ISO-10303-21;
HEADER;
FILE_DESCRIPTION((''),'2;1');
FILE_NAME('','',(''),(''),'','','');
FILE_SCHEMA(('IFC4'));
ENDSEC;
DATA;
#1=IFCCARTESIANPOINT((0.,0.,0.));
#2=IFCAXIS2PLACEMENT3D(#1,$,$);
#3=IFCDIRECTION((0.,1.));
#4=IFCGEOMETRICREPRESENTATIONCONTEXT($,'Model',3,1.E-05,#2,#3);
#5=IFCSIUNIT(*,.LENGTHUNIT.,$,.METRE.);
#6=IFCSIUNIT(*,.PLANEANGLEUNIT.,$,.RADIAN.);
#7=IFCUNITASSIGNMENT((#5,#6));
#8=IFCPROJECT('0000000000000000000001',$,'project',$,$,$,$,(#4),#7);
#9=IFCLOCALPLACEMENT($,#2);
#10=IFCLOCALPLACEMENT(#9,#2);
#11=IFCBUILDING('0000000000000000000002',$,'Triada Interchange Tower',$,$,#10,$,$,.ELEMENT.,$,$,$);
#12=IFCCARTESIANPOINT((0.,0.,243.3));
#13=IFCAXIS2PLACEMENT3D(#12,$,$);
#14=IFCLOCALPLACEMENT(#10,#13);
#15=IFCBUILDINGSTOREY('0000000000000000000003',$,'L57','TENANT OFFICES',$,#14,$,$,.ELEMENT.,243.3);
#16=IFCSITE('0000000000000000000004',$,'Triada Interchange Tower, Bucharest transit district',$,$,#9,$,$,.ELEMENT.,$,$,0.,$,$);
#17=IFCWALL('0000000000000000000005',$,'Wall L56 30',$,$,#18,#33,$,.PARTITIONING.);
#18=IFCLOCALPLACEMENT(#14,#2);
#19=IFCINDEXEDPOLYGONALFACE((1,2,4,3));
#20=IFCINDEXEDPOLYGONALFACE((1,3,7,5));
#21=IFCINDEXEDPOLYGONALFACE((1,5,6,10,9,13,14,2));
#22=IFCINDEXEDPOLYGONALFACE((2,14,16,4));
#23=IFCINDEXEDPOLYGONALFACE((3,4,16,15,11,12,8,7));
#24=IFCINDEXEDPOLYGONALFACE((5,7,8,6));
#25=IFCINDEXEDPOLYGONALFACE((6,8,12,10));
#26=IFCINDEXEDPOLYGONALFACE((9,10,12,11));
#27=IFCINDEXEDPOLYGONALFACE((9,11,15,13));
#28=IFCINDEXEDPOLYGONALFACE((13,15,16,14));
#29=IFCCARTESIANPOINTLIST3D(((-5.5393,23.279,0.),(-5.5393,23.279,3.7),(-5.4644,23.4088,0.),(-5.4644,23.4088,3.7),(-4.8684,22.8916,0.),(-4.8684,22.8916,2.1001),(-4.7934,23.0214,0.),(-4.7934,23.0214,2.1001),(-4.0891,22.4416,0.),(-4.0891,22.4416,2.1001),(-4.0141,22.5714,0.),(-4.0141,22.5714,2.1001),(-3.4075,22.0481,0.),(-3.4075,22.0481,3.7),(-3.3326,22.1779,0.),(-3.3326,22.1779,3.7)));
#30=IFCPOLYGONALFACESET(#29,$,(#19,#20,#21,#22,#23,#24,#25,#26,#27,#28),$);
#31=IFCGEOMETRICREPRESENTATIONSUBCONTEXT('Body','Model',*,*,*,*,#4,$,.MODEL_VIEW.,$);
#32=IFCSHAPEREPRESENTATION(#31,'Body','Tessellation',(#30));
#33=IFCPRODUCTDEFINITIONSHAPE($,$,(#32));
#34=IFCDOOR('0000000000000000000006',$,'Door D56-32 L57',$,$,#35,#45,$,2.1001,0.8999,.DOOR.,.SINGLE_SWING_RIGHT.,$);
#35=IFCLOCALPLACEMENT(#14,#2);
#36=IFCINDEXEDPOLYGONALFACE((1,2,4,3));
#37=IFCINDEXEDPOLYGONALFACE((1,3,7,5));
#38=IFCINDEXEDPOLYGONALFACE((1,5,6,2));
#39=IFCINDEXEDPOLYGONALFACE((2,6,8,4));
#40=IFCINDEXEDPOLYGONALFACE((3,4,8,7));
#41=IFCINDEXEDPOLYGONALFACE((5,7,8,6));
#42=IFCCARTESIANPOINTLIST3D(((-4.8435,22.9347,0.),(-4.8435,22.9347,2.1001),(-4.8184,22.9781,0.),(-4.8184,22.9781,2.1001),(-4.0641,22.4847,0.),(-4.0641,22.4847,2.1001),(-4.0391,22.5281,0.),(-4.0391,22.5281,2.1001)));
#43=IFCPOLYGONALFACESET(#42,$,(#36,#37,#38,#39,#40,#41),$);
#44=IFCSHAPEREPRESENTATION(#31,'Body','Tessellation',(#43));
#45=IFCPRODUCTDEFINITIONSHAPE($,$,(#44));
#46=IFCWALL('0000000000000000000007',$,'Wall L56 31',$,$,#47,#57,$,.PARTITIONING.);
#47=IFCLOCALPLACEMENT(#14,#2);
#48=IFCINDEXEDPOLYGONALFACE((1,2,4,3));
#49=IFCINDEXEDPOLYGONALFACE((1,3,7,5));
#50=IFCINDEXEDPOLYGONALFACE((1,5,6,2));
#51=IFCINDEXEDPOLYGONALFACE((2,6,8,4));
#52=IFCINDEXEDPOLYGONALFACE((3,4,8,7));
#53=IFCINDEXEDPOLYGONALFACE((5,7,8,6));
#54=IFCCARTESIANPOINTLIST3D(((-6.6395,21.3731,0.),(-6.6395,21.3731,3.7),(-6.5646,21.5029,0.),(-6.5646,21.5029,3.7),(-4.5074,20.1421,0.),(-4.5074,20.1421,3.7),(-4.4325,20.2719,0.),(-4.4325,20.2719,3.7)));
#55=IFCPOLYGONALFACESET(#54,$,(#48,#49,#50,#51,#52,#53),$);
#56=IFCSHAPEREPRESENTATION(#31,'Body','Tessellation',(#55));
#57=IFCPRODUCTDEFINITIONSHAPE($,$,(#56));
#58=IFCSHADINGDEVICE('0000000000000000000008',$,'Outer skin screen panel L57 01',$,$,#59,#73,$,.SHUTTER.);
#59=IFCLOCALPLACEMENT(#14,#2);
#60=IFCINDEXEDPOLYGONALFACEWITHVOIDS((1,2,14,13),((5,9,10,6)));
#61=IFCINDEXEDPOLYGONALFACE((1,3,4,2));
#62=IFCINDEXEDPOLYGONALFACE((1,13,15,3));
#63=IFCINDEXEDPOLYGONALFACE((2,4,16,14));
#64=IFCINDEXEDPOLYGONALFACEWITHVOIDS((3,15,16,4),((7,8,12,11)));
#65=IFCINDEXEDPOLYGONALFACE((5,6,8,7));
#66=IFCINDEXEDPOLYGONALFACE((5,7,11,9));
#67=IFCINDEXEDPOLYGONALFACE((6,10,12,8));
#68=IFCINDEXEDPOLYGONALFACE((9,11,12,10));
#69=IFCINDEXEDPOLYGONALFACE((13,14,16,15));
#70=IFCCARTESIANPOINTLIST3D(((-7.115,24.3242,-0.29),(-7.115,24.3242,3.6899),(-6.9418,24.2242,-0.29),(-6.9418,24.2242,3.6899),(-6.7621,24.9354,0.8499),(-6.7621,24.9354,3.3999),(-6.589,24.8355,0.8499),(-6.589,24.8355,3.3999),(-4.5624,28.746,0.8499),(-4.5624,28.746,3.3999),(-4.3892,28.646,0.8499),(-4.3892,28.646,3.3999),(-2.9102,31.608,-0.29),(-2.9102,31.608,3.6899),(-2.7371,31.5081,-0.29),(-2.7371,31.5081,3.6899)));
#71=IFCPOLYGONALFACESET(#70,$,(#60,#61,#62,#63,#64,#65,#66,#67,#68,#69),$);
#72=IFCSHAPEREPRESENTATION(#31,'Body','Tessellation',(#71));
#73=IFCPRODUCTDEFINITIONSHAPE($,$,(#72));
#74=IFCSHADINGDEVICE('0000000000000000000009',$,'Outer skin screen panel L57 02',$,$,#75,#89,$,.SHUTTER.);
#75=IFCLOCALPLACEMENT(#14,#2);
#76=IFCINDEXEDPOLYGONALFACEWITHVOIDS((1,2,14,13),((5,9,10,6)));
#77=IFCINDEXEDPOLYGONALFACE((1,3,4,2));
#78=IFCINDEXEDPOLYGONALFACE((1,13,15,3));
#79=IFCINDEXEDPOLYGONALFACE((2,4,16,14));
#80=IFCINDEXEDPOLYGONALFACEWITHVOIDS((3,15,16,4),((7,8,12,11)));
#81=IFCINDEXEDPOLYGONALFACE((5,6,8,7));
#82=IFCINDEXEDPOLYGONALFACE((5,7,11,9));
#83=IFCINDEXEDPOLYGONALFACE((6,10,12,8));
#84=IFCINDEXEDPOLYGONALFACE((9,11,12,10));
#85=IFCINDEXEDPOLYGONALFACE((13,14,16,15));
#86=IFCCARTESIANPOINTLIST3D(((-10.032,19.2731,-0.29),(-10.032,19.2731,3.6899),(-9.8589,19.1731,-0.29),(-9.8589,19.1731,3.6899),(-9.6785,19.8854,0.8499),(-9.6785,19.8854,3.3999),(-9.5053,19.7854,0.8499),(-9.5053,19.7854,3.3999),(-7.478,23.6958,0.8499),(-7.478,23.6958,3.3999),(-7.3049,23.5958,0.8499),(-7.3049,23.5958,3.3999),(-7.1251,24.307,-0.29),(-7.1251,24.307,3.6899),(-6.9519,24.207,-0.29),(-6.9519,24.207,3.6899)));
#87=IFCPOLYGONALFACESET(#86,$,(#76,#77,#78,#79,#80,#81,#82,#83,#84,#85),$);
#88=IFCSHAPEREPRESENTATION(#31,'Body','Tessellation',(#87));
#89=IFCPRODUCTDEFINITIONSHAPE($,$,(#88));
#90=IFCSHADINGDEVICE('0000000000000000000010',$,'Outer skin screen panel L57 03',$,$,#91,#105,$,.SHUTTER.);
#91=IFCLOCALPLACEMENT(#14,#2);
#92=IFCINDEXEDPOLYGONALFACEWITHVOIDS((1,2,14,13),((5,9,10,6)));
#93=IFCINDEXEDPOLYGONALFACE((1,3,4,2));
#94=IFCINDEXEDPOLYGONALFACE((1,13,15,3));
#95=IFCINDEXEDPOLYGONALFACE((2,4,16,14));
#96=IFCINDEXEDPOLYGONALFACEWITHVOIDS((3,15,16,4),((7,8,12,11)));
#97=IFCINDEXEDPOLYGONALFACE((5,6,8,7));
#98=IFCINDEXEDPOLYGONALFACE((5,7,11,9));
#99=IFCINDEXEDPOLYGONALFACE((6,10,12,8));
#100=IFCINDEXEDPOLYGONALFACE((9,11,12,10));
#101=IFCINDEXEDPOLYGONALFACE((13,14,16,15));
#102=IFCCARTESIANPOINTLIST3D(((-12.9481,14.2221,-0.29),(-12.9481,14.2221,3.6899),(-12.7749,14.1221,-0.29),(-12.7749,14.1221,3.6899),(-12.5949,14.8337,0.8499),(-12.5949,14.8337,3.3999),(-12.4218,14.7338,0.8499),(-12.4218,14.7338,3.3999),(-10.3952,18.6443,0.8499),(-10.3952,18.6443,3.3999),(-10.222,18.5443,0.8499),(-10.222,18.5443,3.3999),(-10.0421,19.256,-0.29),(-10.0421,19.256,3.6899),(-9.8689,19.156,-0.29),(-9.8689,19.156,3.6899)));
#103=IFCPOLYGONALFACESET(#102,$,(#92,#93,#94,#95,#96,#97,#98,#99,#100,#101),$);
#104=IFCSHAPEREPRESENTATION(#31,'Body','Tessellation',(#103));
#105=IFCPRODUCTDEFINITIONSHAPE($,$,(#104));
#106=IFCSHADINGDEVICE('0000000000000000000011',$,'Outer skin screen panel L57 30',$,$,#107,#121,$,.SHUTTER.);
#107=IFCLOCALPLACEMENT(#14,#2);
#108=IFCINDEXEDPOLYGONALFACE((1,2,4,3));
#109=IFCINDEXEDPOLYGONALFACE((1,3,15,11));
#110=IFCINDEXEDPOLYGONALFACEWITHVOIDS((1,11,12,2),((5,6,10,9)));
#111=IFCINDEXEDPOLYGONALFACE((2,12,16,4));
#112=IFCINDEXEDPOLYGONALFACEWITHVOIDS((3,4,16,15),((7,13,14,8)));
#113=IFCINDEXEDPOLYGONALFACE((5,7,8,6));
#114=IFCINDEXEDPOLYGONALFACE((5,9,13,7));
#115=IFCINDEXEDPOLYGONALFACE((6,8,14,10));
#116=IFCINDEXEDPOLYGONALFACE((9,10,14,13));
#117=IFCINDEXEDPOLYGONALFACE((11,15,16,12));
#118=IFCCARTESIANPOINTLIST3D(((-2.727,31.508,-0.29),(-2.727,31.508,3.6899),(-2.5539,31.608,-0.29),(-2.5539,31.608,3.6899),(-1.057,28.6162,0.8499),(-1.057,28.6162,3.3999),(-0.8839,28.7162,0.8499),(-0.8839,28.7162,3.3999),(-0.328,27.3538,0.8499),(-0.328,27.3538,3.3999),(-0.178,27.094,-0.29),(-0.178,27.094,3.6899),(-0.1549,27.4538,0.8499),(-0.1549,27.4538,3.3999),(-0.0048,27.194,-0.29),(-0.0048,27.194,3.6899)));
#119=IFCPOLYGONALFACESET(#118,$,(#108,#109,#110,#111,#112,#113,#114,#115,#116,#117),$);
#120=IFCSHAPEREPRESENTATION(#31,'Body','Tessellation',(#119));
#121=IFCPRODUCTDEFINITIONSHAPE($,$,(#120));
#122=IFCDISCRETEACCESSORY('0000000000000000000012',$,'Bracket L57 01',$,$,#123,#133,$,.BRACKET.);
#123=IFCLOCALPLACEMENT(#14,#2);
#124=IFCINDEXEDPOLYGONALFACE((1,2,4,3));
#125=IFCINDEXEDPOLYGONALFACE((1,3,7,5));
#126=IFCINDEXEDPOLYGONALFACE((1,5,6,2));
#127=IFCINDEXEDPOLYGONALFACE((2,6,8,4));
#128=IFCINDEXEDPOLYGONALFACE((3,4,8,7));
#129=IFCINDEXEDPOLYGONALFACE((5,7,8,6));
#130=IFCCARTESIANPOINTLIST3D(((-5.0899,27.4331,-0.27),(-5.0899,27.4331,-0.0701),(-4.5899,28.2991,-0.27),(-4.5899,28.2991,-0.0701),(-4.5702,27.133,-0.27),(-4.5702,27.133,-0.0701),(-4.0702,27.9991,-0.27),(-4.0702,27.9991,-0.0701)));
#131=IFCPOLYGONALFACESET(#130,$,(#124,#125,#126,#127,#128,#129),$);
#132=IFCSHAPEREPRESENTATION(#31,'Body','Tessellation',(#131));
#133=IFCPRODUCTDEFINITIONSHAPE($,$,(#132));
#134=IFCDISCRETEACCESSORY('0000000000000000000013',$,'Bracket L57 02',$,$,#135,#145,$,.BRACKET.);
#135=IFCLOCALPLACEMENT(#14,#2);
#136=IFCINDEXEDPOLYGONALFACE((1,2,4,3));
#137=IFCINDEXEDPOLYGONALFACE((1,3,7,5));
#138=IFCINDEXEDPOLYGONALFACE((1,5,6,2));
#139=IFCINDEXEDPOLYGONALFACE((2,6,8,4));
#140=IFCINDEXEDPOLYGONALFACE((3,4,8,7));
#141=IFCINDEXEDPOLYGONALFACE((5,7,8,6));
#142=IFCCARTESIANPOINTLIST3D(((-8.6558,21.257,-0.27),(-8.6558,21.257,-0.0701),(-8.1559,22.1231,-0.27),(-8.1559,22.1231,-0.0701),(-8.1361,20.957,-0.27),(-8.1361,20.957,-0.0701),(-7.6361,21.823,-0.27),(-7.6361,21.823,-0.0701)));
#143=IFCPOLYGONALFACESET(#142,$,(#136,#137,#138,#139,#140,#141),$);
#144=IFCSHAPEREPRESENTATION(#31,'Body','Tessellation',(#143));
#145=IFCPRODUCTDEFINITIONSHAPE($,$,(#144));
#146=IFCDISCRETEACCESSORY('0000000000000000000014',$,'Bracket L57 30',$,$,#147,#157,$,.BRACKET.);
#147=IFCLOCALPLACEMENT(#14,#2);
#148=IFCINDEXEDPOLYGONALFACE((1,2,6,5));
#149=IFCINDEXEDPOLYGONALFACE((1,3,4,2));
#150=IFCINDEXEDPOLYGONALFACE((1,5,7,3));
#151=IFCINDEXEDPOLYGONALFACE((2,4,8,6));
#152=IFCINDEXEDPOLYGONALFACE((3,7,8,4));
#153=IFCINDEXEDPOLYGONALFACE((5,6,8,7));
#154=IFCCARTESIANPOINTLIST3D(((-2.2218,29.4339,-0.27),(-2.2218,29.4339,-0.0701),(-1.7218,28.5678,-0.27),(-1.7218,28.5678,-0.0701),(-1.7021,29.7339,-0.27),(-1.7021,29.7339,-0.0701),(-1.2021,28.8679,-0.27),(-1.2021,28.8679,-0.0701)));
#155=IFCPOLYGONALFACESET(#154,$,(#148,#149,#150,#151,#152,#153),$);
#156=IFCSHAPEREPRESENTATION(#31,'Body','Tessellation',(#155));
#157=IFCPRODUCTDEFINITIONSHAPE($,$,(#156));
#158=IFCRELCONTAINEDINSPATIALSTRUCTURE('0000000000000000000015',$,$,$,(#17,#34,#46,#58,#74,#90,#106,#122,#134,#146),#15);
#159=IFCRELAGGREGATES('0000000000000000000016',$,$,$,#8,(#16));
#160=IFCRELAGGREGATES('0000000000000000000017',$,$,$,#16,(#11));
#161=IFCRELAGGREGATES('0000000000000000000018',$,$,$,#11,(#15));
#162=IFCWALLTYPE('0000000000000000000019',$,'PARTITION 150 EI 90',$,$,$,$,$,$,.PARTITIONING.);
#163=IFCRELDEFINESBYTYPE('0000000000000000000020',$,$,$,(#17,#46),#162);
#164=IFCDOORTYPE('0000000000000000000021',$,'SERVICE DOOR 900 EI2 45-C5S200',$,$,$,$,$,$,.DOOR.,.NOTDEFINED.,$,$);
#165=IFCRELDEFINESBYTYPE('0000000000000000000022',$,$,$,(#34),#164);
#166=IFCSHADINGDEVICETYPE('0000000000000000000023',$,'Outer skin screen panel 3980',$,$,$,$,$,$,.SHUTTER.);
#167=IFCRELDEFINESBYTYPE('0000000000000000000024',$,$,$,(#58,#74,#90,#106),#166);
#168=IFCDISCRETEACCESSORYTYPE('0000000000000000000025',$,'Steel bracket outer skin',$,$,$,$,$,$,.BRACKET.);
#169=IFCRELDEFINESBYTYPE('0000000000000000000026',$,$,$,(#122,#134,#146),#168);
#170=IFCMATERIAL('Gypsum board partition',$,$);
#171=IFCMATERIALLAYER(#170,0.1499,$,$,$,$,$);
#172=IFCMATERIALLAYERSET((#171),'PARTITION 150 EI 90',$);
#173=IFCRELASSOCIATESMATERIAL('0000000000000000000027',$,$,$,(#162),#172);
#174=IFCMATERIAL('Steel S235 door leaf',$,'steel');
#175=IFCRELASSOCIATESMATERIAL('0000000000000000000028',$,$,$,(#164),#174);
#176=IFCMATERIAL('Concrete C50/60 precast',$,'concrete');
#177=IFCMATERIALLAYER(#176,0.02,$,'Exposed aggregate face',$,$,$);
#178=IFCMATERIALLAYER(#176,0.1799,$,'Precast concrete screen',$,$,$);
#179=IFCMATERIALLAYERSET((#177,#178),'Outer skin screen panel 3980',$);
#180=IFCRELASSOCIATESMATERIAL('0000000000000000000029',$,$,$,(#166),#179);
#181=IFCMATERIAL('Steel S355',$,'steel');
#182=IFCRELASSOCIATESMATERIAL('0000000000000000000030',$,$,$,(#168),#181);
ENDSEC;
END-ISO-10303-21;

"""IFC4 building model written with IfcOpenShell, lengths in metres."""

from ifc_helpers import new_model, si_unit, direction, frame, frame_2d, origin, origin_2d, place, context, subcontext, project, spatial, polyline, rectangle, outline, extrude, material, layer, layer_set, type_object, element, fill, save


model = new_model("IFC4")

# Units and contexts
model_context = context("Model", 3, precision=1e-05, world=origin(), true_north=direction((0.0, 1.0)))
body_context = subcontext(model_context, "Body", "Model", "MODEL_VIEW")
ifc_project = project(units=[si_unit("LENGTHUNIT", "METRE"), si_unit("PLANEANGLEUNIT", "RADIAN")], contexts=[model_context])

# Site, building, storey
site_placement = place(None, origin())
site = spatial("IfcSite", under=ifc_project, at=site_placement, Name="Triada Interchange Tower, Bucharest transit district", CompositionType="ELEMENT", RefElevation=0.0)
building_placement = place(site_placement, origin())
building = spatial("IfcBuilding", under=site, at=building_placement, Name="Triada Interchange Tower", CompositionType="ELEMENT")
storey_placement = place(building_placement, frame((0.0, 0.0, 243.3)))
storey = spatial("IfcBuildingStorey", under=building, at=storey_placement, Name="L57", Description="TENANT OFFICES", CompositionType="ELEMENT", Elevation=243.3)

# Wall, opening, door
ifc_material_1 = material(Name="Gypsum board partition")
ifc_layer_1 = layer(ifc_material_1, 0.1499)
ifc_layer_set_1 = layer_set([ifc_layer_1], Name="PARTITION 150 EI 90")
wall_type_1 = type_object("IfcWallType", Name="PARTITION 150 EI 90", PredefinedType="PARTITIONING", material=ifc_layer_set_1)
wall_1_placement = place(storey_placement, frame((-5.502, 23.344, 0.0), z_axis=(0.0, 0.0, 1.0), x_axis=(0.866001, -0.500043, 0.0)))
wall_1 = element("IfcWall", 1, at=wall_1_placement, inside=storey, type_object=wall_type_1, Name="Wall L56 30", PredefinedType="PARTITIONING", context=body_context, shape_type="SweptSolid", body=[
    extrude(rectangle(XDim=2.4617, YDim=0.1499, at=frame_2d((1.231, 0.0))), origin(), (0.0, 0.0, 1.0), 3.7),
])
opening_1_placement = place(wall_1_placement, frame((0.7749, 0.0, 0.0)))
opening_1 = element("IfcOpeningElement", 2, at=opening_1_placement, cuts=wall_1, PredefinedType="OPENING", context=body_context, shape_type="SweptSolid", body=[
    extrude(rectangle(XDim=0.8999, YDim=2.1001, at=frame_2d((0.45, 1.05))), frame((0.0, 0.085, 0.0), z_axis=(0.0, -1.0, 0.0), x_axis=(1.0, 0.0, 0.0)), (0.0, 0.0, 1.0), 0.1699),
])
ifc_material_2 = material(Name="Steel S235 door leaf", Category="steel")
door_type = type_object("IfcDoorType", Name="SERVICE DOOR 900 EI2 45-C5S200", OperationType="NOTDEFINED", PredefinedType="DOOR", material=ifc_material_2)
door_placement = place(opening_1_placement, origin())
door = element("IfcDoor", 3, at=door_placement, inside=storey, type_object=door_type, Name="Door D56-32 L57", OperationType="SINGLE_SWING_RIGHT", OverallHeight=2.1001, OverallWidth=0.8999, PredefinedType="DOOR", context=body_context, shape_type="SweptSolid", body=[
    extrude(rectangle(XDim=0.8999, YDim=2.1001, at=frame_2d((0.45, 1.05))), frame((0.0, 0.0249, 0.0), z_axis=(0.0, -1.0, 0.0), x_axis=(1.0, 0.0, 0.0)), (0.0, 0.0, 1.0), 0.05),
])
fill(opening_1, door)

# Wall
wall_2_placement = place(storey_placement, frame((-6.6021, 21.438, 0.0), z_axis=(0.0, 0.0, 1.0), x_axis=(0.866025, -0.5, 0.0)))
element("IfcWall", 4, at=wall_2_placement, inside=storey, type_object=wall_type_1, Name="Wall L56 31", PredefinedType="PARTITIONING", context=body_context, shape_type="SweptSolid", body=[
    extrude(rectangle(XDim=2.4619, YDim=0.1499, at=frame_2d((1.231, 0.0))), origin(), (0.0, 0.0, 1.0), 3.7),
])

# Shading devices
ifc_material_3 = material(Name="Concrete C50/60 precast", Category="concrete")
ifc_layer_2 = layer(ifc_material_3, 0.02, Name="Exposed aggregate face")
ifc_layer_3 = layer(ifc_material_3, 0.1799, Name="Precast concrete screen")
ifc_layer_set_2 = layer_set([ifc_layer_2, ifc_layer_3], Name="Outer skin screen panel 3980")
shading_device_type = type_object("IfcShadingDeviceType", Name="Outer skin screen panel 3980", PredefinedType="SHUTTER", material=ifc_layer_set_2)
shading_device_1_placement = place(storey_placement, frame((-2.7371, 31.5081, -0.29), z_axis=(0.0, 0.0, 1.0), x_axis=(-0.499951, -0.866054, 0.0)))
element("IfcShadingDevice", 5, at=shading_device_1_placement, inside=storey, type_object=shading_device_type, Name="Outer skin screen panel L57 01", PredefinedType="SHUTTER", context=body_context, shape_type="SweptSolid", body=[
    extrude(outline(polyline([(0.0, 0.0), (8.4104, 0.0), (8.4104, 3.98), (0.0, 3.98), (0.0, 0.0)]), holes=[polyline([(3.3047, 1.1399), (3.3047, 3.6899), (7.7046, 3.6899), (7.7046, 1.1399), (3.3047, 1.1399)])]), frame((0.0, 0.0, 0.0), z_axis=(0.0, -1.0, 0.0), x_axis=(1.0, 0.0, 0.0)), (0.0, 0.0, 1.0), 0.2),
])
shading_device_2_placement = place(storey_placement, frame((-6.9519, 24.207, -0.29), z_axis=(0.0, 0.0, 1.0), x_axis=(-0.500082, -0.865978, 0.0)))
element("IfcShadingDevice", 6, at=shading_device_2_placement, inside=storey, type_object=shading_device_type, Name="Outer skin screen panel L57 02", PredefinedType="SHUTTER", context=body_context, shape_type="SweptSolid", body=[
    extrude(outline(polyline([(0.0, 0.0), (5.813, 0.0), (5.813, 3.98), (0.0, 3.98), (0.0, 0.0)]), holes=[polyline([(0.7058, 1.1399), (0.7058, 3.6899), (5.106, 3.6899), (5.106, 1.1399), (0.7058, 1.1399)])]), frame((0.0, 0.0, 0.0), z_axis=(0.0, -1.0, 0.0), x_axis=(1.0, 0.0, 0.0)), (0.0, 0.0, 1.0), 0.2),
])
shading_device_3_placement = place(storey_placement, frame((-9.8689, 19.156, -0.29), z_axis=(0.0, 0.0, 1.0), x_axis=(-0.499956, -0.866051, 0.0)))
element("IfcShadingDevice", 7, at=shading_device_3_placement, inside=storey, type_object=shading_device_type, Name="Outer skin screen panel L57 03", PredefinedType="SHUTTER", context=body_context, shape_type="SweptSolid", body=[
    extrude(outline(polyline([(0.0, 0.0), (5.8125, 0.0), (5.8125, 3.98), (0.0, 3.98), (0.0, 0.0)]), holes=[polyline([(0.7063, 1.1399), (0.7063, 3.6899), (5.1062, 3.6899), (5.1062, 1.1399), (0.7063, 1.1399)])]), frame((0.0, 0.0, 0.0), z_axis=(0.0, -1.0, 0.0), x_axis=(1.0, 0.0, 0.0)), (0.0, 0.0, 1.0), 0.2),
])
shading_device_4_placement = place(storey_placement, frame((-0.178, 27.094, -0.29), z_axis=(0.0, 0.0, 1.0), x_axis=(-0.50009, 0.865973, 0.0)))
element("IfcShadingDevice", 8, at=shading_device_4_placement, inside=storey, type_object=shading_device_type, Name="Outer skin screen panel L57 30", PredefinedType="SHUTTER", context=body_context, shape_type="SweptSolid", body=[
    extrude(outline(polyline([(0.0, 0.0), (5.0972, 0.0), (5.0972, 3.98), (0.0, 3.98), (0.0, 0.0)]), holes=[polyline([(0.3, 1.1399), (0.3, 3.6899), (1.7578, 3.6899), (1.7578, 1.1399), (0.3, 1.1399)])]), frame((0.0, 0.0, 0.0), z_axis=(0.0, -1.0, 0.0), x_axis=(1.0, 0.0, 0.0)), (0.0, 0.0, 1.0), 0.2),
])

# Discrete accessories
ifc_material_4 = material(Name="Steel S355", Category="steel")
discrete_accessory_type = type_object("IfcDiscreteAccessoryType", Name="Steel bracket outer skin", PredefinedType="BRACKET", material=ifc_material_4)
for number, where, z_axis, x_axis, name in (
    (9, (-4.5801, 27.7161, -0.27), (0.0, 0.0, 1.0), (-0.86603, 0.499991, 0.0), "Bracket L57 01"),
    (10, (-8.146, 21.54, -0.27), (0.0, 0.0, 1.0), (-0.86603, 0.499991, 0.0), "Bracket L57 02"),
    (11, (-1.7119, 29.1509, -0.27), (0.0, 0.0, 1.0), (0.866027, 0.499997, 0.0), "Bracket L57 30"),
):
    element("IfcDiscreteAccessory", number, at=place(storey_placement, frame(where, z_axis=z_axis, x_axis=x_axis)), inside=storey, type_object=discrete_accessory_type, Name=name, PredefinedType="BRACKET", context=body_context, shape_type="SweptSolid", body=[
        extrude(rectangle(XDim=0.6001, YDim=1.0, at=origin_2d()), origin(), (0.0, 0.0, 1.0), 0.2),
    ])

save(model, "model.ifc")
